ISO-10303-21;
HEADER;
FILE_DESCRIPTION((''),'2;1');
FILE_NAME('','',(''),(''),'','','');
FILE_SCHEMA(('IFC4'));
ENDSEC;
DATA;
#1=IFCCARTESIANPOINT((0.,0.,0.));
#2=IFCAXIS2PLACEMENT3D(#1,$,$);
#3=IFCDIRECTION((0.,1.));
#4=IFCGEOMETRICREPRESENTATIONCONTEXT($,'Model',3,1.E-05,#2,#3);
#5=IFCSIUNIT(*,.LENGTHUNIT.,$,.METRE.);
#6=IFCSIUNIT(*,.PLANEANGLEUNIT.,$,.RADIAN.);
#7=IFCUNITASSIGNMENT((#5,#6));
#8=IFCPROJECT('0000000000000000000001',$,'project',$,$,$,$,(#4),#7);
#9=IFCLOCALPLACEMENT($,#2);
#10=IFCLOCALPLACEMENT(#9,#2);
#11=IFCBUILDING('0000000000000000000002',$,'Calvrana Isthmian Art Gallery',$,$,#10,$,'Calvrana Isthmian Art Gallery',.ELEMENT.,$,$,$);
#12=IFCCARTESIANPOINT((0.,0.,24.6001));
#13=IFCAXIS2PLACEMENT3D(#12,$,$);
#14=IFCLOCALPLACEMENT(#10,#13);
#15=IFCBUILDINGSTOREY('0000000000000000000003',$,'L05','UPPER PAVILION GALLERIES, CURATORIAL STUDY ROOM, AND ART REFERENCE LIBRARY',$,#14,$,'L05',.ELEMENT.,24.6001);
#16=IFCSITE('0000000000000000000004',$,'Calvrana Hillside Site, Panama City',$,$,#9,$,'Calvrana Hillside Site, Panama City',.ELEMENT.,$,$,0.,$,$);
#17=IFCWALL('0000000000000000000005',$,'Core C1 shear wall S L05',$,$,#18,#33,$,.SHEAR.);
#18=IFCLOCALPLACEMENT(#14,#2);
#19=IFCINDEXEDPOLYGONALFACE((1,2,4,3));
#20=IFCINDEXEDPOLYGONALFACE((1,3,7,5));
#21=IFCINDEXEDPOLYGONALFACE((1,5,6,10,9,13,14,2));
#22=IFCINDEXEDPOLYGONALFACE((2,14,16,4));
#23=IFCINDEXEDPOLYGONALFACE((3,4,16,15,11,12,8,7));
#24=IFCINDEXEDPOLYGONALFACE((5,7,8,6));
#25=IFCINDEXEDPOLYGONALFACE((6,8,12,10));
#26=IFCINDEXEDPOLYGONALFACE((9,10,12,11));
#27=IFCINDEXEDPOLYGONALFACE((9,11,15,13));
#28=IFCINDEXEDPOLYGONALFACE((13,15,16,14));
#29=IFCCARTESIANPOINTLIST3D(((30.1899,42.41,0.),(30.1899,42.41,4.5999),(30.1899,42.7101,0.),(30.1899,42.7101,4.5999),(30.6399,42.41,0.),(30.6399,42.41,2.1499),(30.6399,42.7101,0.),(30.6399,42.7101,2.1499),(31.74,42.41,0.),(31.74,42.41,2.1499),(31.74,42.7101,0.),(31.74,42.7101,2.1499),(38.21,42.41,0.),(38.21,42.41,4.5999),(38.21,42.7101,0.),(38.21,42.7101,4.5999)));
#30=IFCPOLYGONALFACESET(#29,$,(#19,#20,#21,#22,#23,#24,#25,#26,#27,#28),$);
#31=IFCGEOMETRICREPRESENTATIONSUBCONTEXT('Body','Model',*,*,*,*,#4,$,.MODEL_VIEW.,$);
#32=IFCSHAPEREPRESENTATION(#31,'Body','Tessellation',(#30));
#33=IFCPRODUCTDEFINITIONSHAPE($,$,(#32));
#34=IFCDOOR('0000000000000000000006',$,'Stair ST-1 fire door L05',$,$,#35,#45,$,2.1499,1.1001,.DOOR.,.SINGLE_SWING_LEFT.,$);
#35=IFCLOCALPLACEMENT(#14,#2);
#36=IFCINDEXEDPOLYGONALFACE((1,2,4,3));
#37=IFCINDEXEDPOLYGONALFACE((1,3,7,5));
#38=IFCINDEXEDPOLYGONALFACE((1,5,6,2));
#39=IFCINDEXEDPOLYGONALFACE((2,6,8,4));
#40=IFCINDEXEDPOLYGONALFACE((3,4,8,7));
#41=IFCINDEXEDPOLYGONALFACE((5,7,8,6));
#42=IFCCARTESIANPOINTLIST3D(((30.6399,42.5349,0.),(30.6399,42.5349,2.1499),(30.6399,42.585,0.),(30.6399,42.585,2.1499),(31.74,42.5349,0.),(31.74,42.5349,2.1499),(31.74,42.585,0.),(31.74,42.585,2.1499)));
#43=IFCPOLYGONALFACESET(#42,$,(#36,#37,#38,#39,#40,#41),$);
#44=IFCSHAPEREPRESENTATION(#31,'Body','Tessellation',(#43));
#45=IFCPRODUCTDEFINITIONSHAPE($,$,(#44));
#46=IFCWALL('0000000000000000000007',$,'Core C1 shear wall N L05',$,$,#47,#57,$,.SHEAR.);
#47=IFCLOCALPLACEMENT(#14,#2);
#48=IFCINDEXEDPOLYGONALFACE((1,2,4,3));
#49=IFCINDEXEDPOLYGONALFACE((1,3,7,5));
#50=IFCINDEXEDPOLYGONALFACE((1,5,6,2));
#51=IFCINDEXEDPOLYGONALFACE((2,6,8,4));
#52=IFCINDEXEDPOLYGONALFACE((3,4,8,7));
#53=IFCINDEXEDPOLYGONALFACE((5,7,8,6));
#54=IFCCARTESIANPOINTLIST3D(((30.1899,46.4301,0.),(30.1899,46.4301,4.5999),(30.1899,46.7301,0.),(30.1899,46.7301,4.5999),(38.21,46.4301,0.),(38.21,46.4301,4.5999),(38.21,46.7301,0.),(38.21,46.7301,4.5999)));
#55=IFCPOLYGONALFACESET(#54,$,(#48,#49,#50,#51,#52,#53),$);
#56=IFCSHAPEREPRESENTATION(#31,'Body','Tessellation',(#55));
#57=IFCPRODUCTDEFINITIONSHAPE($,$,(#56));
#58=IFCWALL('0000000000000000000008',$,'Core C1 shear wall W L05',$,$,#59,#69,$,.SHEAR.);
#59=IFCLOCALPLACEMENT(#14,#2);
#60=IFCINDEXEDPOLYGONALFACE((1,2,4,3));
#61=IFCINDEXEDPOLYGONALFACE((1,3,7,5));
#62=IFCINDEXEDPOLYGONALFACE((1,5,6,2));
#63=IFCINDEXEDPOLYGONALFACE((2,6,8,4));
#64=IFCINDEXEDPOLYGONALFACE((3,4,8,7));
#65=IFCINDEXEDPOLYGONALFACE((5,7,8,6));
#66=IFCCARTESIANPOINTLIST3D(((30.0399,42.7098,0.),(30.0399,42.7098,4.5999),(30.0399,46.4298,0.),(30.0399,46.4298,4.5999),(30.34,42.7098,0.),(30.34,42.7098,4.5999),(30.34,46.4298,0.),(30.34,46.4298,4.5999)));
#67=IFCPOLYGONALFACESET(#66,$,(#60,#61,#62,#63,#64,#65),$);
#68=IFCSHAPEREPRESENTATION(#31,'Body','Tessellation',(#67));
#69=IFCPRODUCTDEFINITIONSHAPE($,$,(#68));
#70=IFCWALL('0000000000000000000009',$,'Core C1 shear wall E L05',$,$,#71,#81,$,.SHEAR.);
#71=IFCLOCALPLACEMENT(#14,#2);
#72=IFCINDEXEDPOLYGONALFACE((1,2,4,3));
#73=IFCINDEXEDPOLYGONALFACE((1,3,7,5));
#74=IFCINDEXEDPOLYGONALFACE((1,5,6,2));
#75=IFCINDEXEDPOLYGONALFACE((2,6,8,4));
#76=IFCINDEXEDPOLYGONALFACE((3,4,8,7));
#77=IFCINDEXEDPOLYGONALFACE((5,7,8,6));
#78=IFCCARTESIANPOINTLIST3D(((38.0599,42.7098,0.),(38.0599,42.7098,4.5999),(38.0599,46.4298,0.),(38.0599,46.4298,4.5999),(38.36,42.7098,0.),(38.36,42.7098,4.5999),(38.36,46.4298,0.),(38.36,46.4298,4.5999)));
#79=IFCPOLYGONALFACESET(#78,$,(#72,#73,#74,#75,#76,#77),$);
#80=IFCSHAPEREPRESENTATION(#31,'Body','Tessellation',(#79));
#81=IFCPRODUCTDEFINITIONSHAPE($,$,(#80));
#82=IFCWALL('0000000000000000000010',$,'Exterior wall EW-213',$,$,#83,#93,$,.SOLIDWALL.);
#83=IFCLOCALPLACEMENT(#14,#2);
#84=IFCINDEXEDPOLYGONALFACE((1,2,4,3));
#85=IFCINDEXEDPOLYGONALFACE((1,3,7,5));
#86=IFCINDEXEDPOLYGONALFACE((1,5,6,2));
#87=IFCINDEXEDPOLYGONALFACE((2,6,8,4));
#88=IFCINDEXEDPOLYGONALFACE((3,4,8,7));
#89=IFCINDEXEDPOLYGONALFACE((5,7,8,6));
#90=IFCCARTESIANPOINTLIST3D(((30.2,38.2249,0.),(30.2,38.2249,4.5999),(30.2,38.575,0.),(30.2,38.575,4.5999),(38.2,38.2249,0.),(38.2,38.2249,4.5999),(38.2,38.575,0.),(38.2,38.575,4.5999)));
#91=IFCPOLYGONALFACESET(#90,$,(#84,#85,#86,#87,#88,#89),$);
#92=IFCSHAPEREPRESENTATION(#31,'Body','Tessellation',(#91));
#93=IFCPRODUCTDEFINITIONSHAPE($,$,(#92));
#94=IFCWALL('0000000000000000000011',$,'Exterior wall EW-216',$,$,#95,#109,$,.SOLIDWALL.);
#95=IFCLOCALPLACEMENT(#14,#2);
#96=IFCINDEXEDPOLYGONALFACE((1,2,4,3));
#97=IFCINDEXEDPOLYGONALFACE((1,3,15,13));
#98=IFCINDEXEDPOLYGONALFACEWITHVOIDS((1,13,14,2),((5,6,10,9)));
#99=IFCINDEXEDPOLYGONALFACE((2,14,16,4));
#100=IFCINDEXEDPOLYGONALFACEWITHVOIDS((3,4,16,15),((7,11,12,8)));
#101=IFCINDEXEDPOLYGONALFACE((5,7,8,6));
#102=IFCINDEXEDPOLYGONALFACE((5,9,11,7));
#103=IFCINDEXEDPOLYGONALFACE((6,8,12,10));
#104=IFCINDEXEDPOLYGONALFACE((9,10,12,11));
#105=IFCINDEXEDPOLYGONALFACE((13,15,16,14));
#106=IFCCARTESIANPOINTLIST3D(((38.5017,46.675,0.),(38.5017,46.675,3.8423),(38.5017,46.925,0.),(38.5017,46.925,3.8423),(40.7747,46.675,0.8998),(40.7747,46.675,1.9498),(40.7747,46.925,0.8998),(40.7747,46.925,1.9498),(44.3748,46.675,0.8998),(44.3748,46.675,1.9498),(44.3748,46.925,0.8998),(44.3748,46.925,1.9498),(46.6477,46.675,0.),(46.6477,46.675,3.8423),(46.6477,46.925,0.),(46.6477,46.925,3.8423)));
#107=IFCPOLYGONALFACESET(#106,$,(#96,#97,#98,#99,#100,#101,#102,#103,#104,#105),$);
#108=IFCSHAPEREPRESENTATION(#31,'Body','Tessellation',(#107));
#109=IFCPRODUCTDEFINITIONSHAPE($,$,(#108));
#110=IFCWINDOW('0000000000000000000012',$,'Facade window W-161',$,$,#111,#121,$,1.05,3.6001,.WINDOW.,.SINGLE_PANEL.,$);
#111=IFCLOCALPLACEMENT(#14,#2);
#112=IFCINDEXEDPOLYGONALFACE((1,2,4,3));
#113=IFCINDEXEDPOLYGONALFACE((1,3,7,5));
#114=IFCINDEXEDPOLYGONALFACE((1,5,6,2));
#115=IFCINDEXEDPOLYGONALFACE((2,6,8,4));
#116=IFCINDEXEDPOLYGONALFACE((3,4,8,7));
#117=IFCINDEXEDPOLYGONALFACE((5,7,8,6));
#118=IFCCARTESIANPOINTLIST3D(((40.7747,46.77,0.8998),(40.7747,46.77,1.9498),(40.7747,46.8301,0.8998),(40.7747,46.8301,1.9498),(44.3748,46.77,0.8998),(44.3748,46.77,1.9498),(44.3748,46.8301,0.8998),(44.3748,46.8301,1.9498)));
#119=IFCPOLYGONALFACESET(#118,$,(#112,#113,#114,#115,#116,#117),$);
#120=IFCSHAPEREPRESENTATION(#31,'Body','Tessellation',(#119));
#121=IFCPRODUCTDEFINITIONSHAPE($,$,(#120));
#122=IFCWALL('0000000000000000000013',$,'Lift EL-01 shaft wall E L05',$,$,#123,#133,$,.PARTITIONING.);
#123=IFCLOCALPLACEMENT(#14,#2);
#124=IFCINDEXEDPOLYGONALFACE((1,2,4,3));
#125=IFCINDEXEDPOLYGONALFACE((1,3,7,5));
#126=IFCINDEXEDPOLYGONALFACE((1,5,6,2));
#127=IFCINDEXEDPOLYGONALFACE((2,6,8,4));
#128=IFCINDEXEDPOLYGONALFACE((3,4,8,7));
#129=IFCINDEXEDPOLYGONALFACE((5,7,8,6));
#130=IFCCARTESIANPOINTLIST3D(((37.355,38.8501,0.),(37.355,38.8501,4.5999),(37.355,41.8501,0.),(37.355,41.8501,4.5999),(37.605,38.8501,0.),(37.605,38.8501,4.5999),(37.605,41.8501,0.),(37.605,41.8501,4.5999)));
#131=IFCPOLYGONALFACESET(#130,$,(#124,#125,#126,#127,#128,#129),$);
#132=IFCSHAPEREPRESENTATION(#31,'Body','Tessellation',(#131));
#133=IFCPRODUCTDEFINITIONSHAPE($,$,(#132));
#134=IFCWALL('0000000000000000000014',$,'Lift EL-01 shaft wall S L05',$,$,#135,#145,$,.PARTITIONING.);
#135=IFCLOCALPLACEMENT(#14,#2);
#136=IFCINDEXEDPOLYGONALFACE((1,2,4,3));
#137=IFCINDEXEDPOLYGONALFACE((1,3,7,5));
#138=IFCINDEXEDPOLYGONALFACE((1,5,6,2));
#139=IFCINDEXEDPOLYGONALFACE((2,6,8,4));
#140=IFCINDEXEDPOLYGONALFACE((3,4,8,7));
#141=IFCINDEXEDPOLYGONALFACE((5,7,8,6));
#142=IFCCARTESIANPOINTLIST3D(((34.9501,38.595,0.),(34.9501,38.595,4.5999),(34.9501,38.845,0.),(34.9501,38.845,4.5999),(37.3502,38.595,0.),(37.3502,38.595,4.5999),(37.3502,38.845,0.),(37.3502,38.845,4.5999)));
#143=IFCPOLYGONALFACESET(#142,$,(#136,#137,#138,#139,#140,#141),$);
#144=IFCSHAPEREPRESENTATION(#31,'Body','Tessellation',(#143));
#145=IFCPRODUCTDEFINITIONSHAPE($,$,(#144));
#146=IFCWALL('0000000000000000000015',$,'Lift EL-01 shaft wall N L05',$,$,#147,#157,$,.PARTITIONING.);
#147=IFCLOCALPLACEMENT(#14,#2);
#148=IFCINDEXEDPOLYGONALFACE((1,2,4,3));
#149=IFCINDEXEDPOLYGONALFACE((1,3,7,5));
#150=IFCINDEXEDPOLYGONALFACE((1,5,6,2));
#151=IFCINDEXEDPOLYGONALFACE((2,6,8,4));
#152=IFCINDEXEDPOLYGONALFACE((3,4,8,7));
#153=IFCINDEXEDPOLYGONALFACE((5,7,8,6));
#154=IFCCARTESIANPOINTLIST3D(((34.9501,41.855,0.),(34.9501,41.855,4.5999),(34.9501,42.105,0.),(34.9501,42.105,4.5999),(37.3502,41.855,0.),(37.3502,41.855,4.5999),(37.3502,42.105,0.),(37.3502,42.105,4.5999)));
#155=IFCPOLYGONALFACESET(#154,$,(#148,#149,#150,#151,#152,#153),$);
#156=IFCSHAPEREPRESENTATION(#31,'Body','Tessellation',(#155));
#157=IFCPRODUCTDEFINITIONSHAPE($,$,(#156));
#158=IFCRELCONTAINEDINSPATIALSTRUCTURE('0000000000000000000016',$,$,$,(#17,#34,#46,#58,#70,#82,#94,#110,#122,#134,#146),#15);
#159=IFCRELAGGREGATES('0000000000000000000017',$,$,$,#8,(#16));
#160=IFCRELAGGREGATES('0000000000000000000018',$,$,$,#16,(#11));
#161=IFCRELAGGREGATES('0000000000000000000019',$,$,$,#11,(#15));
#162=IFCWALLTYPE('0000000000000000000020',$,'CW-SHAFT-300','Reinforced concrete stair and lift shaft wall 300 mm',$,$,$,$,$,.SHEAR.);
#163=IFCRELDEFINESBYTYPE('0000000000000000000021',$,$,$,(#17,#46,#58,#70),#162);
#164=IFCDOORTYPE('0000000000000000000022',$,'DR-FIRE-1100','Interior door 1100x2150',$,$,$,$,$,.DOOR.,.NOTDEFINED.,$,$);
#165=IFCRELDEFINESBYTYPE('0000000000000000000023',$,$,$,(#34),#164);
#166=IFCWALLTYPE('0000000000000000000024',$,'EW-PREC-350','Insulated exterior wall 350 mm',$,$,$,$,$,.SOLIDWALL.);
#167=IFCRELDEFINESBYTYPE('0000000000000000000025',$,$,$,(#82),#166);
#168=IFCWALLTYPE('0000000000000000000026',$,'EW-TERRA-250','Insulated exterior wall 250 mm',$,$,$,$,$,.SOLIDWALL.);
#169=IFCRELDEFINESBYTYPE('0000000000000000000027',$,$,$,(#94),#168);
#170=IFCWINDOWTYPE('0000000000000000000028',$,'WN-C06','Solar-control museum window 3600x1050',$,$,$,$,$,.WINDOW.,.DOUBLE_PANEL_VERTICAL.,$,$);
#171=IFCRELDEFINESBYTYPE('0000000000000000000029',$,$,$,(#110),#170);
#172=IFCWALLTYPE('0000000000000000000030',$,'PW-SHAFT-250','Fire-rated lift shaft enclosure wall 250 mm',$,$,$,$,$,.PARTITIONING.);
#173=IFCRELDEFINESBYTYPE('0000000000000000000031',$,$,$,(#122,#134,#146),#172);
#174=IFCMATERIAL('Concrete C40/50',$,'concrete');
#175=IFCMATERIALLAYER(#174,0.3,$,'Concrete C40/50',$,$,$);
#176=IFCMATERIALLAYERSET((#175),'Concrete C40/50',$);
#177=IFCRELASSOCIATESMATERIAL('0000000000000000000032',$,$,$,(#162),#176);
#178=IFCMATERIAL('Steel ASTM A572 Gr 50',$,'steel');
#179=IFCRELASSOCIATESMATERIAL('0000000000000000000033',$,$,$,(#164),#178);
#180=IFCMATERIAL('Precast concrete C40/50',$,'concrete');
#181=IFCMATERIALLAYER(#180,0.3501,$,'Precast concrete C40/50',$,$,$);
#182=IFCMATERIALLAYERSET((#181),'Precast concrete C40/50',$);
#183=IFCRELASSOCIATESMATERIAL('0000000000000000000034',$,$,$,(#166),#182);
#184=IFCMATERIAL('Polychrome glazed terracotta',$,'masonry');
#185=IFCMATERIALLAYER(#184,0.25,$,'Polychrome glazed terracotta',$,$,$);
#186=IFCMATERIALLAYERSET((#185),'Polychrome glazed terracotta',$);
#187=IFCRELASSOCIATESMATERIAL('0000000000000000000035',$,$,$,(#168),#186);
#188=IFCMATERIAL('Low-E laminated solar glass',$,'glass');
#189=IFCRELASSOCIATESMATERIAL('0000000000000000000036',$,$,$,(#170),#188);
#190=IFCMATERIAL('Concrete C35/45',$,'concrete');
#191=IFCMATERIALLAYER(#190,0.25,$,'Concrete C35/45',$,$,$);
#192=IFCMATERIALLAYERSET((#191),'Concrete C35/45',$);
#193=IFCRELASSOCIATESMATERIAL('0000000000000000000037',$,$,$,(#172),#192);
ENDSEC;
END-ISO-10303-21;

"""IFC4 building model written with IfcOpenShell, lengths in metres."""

from ifc_helpers import new_model, si_unit, direction, frame, frame_2d, origin, place, context, subcontext, project, spatial, rectangle, extrude, material, layer, layer_set, type_object, element, fill, save


model = new_model("IFC4")

# Units and contexts
model_context = context("Model", 3, precision=1e-05, world=origin(), true_north=direction((0.0, 1.0)))
body_context = subcontext(model_context, "Body", "Model", "MODEL_VIEW")
ifc_project = project(units=[si_unit("LENGTHUNIT", "METRE"), si_unit("PLANEANGLEUNIT", "RADIAN")], contexts=[model_context])

# Site, building, storey
site_placement = place(None, origin())
site = spatial("IfcSite", under=ifc_project, at=site_placement, Name="Calvrana Hillside Site, Panama City", LongName="Calvrana Hillside Site, Panama City", CompositionType="ELEMENT", RefElevation=0.0)
building_placement = place(site_placement, origin())
building = spatial("IfcBuilding", under=site, at=building_placement, Name="Calvrana Isthmian Art Gallery", LongName="Calvrana Isthmian Art Gallery", CompositionType="ELEMENT")
storey_placement = place(building_placement, frame((0.0, 0.0, 24.6001)))
storey = spatial("IfcBuildingStorey", under=building, at=storey_placement, Name="L05", Description="UPPER PAVILION GALLERIES, CURATORIAL STUDY ROOM, AND ART REFERENCE LIBRARY", LongName="L05", CompositionType="ELEMENT", Elevation=24.6001)

# Shared definitions
ifc_material_1 = material(Name="Steel ASTM A572 Gr 50", Category="steel")

# Wall, opening, door
ifc_material_2 = material(Name="Concrete C40/50", Category="concrete")
ifc_layer_1 = layer(ifc_material_2, 0.3, Name="Concrete C40/50")
ifc_layer_set_1 = layer_set([ifc_layer_1], Name="Concrete C40/50")
wall_type_1 = type_object("IfcWallType", Name="CW-SHAFT-300", Description="Reinforced concrete stair and lift shaft wall 300 mm", PredefinedType="SHEAR", material=ifc_layer_set_1)
wall_1_placement = place(storey_placement, frame((30.1899, 42.5601, 0.0), z_axis=(0.0, 0.0, 1.0), x_axis=(1.0, 0.0, 0.0)))
wall_1 = element("IfcWall", 1, at=wall_1_placement, inside=storey, type_object=wall_type_1, Name="Core C1 shear wall S L05", PredefinedType="SHEAR", context=body_context, shape_type="SweptSolid", body=[
    extrude(rectangle(XDim=8.02, YDim=0.3, at=frame_2d((4.01, 0.0))), origin(), (0.0, 0.0, 1.0), 4.5999),
])
opening_1_placement = place(wall_1_placement, frame((0.45, 0.0, 0.0)))
opening_1 = element("IfcOpeningElement", 2, at=opening_1_placement, cuts=wall_1, PredefinedType="OPENING", context=body_context, shape_type="SweptSolid", body=[
    extrude(rectangle(XDim=1.1001, YDim=2.1499, at=frame_2d((0.55, 1.075))), frame((0.0, 0.1602, 0.0), z_axis=(0.0, -1.0, 0.0), x_axis=(1.0, 0.0, 0.0)), (0.0, 0.0, 1.0), 0.3206),
])
door_type_1 = type_object("IfcDoorType", Name="DR-FIRE-1100", Description="Interior door 1100x2150", OperationType="NOTDEFINED", PredefinedType="DOOR", material=ifc_material_1)
door_1_placement = place(opening_1_placement, origin())
door_1 = element("IfcDoor", 3, at=door_1_placement, inside=storey, type_object=door_type_1, Name="Stair ST-1 fire door L05", OperationType="SINGLE_SWING_LEFT", OverallHeight=2.1499, OverallWidth=1.1001, PredefinedType="DOOR", context=body_context, shape_type="SweptSolid", body=[
    extrude(rectangle(XDim=1.1001, YDim=2.1499, at=frame_2d((0.55, 1.075))), frame((0.0, 0.0249, 0.0), z_axis=(0.0, -1.0, 0.0), x_axis=(1.0, 0.0, 0.0)), (0.0, 0.0, 1.0), 0.05),
])
fill(opening_1, door_1)

# Walls
wall_2_placement = place(storey_placement, frame((30.1899, 46.5801, 0.0), z_axis=(0.0, 0.0, 1.0), x_axis=(1.0, 0.0, 0.0)))
element("IfcWall", 4, at=wall_2_placement, inside=storey, type_object=wall_type_1, Name="Core C1 shear wall N L05", PredefinedType="SHEAR", context=body_context, shape_type="SweptSolid", body=[
    extrude(rectangle(XDim=8.02, YDim=0.3, at=frame_2d((4.01, 0.0))), origin(), (0.0, 0.0, 1.0), 4.5999),
])
for number, where, z_axis, x_axis, name in (
    (5, (30.1899, 42.71, 0.0), (0.0, 0.0, 1.0), (0.0, 1.0, 0.0), "Core C1 shear wall W L05"),
    (6, (38.21, 42.71, 0.0), (0.0, 0.0, 1.0), (0.0, 1.0, 0.0), "Core C1 shear wall E L05"),
):
    element("IfcWall", number, at=place(storey_placement, frame(where, z_axis=z_axis, x_axis=x_axis)), inside=storey, type_object=wall_type_1, Name=name, PredefinedType="SHEAR", context=body_context, shape_type="SweptSolid", body=[
        extrude(rectangle(XDim=3.72, YDim=0.3, at=frame_2d((1.8599, 0.0))), origin(), (0.0, 0.0, 1.0), 4.5999),
    ])
ifc_material_3 = material(Name="Precast concrete C40/50", Category="concrete")
ifc_layer_2 = layer(ifc_material_3, 0.3501, Name="Precast concrete C40/50")
ifc_layer_set_2 = layer_set([ifc_layer_2], Name="Precast concrete C40/50")
wall_type_2 = type_object("IfcWallType", Name="EW-PREC-350", Description="Insulated exterior wall 350 mm", PredefinedType="SOLIDWALL", material=ifc_layer_set_2)
wall_3_placement = place(storey_placement, frame((38.2, 38.3999, 0.0), z_axis=(0.0, 0.0, 1.0), x_axis=(-1.0, 0.0, 0.0)))
element("IfcWall", 7, at=wall_3_placement, inside=storey, type_object=wall_type_2, Name="Exterior wall EW-213", PredefinedType="SOLIDWALL", context=body_context, shape_type="SweptSolid", body=[
    extrude(rectangle(XDim=8.0, YDim=0.3501, at=frame_2d((4.0, 0.0))), origin(), (0.0, 0.0, 1.0), 4.5999),
])

# Wall, opening, window
ifc_material_4 = material(Name="Polychrome glazed terracotta", Category="masonry")
ifc_layer_3 = layer(ifc_material_4, 0.25, Name="Polychrome glazed terracotta")
ifc_layer_set_3 = layer_set([ifc_layer_3], Name="Polychrome glazed terracotta")
wall_type_3 = type_object("IfcWallType", Name="EW-TERRA-250", Description="Insulated exterior wall 250 mm", PredefinedType="SOLIDWALL", material=ifc_layer_set_3)
wall_4_placement = place(storey_placement, frame((38.5017, 46.8, 0.0), z_axis=(0.0, 0.0, 1.0), x_axis=(1.0, 0.0, 0.0)))
wall_4 = element("IfcWall", 8, at=wall_4_placement, inside=storey, type_object=wall_type_3, Name="Exterior wall EW-216", PredefinedType="SOLIDWALL", context=body_context, shape_type="SweptSolid", body=[
    extrude(rectangle(XDim=8.146, YDim=0.25, at=frame_2d((4.073, 0.0))), origin(), (0.0, 0.0, 1.0), 3.8423),
])
opening_2_placement = place(wall_4_placement, frame((2.2729, 0.0, 0.8999)))
opening_2 = element("IfcOpeningElement", 9, at=opening_2_placement, cuts=wall_4, PredefinedType="OPENING", context=body_context, shape_type="SweptSolid", body=[
    extrude(rectangle(XDim=3.6001, YDim=1.05, at=frame_2d((1.8, 0.5249))), frame((0.0, 0.1353, 0.0), z_axis=(0.0, -1.0, 0.0), x_axis=(1.0, 0.0, 0.0)), (0.0, 0.0, 1.0), 0.2705),
])
ifc_material_5 = material(Name="Low-E laminated solar glass", Category="glass")
window_type = type_object("IfcWindowType", Name="WN-C06", Description="Solar-control museum window 3600x1050", PartitioningType="DOUBLE_PANEL_VERTICAL", PredefinedType="WINDOW", material=ifc_material_5)
window_placement = place(opening_2_placement, origin())
window = element("IfcWindow", 10, at=window_placement, inside=storey, type_object=window_type, Name="Facade window W-161", OverallHeight=1.05, OverallWidth=3.6001, PartitioningType="SINGLE_PANEL", PredefinedType="WINDOW", context=body_context, shape_type="SweptSolid", body=[
    extrude(rectangle(XDim=3.6001, YDim=1.05, at=frame_2d((1.8, 0.5249))), frame((0.0, 0.03, 0.0), z_axis=(0.0, -1.0, 0.0), x_axis=(1.0, 0.0, 0.0)), (0.0, 0.0, 1.0), 0.0601),
])
fill(opening_2, window)

# Walls
ifc_material_6 = material(Name="Concrete C35/45", Category="concrete")
ifc_layer_4 = layer(ifc_material_6, 0.25, Name="Concrete C35/45")
ifc_layer_set_4 = layer_set([ifc_layer_4], Name="Concrete C35/45")
wall_type_4 = type_object("IfcWallType", Name="PW-SHAFT-250", Description="Fire-rated lift shaft enclosure wall 250 mm", PredefinedType="PARTITIONING", material=ifc_layer_set_4)
wall_5_placement = place(storey_placement, frame((37.48, 38.8501, 0.0), z_axis=(0.0, 0.0, 1.0), x_axis=(0.0, 1.0, 0.0)))
element("IfcWall", 11, at=wall_5_placement, inside=storey, type_object=wall_type_4, Name="Lift EL-01 shaft wall E L05", PredefinedType="PARTITIONING", context=body_context, shape_type="SweptSolid", body=[
    extrude(rectangle(XDim=3.0, YDim=0.25, at=frame_2d((1.5, 0.0))), origin(), (0.0, 0.0, 1.0), 4.5999),
])
for number, where, z_axis, x_axis, name in (
    (12, (34.95, 38.72, 0.0), (0.0, 0.0, 1.0), (1.0, 0.0, 0.0), "Lift EL-01 shaft wall S L05"),
    (13, (34.95, 41.98, 0.0), (0.0, 0.0, 1.0), (1.0, 0.0, 0.0), "Lift EL-01 shaft wall N L05"),
):
    element("IfcWall", number, at=place(storey_placement, frame(where, z_axis=z_axis, x_axis=x_axis)), inside=storey, type_object=wall_type_4, Name=name, PredefinedType="PARTITIONING", context=body_context, shape_type="SweptSolid", body=[
        extrude(rectangle(XDim=2.4001, YDim=0.25, at=frame_2d((1.2002, 0.0))), origin(), (0.0, 0.0, 1.0), 4.5999),
    ])

save(model, "model.ifc")
